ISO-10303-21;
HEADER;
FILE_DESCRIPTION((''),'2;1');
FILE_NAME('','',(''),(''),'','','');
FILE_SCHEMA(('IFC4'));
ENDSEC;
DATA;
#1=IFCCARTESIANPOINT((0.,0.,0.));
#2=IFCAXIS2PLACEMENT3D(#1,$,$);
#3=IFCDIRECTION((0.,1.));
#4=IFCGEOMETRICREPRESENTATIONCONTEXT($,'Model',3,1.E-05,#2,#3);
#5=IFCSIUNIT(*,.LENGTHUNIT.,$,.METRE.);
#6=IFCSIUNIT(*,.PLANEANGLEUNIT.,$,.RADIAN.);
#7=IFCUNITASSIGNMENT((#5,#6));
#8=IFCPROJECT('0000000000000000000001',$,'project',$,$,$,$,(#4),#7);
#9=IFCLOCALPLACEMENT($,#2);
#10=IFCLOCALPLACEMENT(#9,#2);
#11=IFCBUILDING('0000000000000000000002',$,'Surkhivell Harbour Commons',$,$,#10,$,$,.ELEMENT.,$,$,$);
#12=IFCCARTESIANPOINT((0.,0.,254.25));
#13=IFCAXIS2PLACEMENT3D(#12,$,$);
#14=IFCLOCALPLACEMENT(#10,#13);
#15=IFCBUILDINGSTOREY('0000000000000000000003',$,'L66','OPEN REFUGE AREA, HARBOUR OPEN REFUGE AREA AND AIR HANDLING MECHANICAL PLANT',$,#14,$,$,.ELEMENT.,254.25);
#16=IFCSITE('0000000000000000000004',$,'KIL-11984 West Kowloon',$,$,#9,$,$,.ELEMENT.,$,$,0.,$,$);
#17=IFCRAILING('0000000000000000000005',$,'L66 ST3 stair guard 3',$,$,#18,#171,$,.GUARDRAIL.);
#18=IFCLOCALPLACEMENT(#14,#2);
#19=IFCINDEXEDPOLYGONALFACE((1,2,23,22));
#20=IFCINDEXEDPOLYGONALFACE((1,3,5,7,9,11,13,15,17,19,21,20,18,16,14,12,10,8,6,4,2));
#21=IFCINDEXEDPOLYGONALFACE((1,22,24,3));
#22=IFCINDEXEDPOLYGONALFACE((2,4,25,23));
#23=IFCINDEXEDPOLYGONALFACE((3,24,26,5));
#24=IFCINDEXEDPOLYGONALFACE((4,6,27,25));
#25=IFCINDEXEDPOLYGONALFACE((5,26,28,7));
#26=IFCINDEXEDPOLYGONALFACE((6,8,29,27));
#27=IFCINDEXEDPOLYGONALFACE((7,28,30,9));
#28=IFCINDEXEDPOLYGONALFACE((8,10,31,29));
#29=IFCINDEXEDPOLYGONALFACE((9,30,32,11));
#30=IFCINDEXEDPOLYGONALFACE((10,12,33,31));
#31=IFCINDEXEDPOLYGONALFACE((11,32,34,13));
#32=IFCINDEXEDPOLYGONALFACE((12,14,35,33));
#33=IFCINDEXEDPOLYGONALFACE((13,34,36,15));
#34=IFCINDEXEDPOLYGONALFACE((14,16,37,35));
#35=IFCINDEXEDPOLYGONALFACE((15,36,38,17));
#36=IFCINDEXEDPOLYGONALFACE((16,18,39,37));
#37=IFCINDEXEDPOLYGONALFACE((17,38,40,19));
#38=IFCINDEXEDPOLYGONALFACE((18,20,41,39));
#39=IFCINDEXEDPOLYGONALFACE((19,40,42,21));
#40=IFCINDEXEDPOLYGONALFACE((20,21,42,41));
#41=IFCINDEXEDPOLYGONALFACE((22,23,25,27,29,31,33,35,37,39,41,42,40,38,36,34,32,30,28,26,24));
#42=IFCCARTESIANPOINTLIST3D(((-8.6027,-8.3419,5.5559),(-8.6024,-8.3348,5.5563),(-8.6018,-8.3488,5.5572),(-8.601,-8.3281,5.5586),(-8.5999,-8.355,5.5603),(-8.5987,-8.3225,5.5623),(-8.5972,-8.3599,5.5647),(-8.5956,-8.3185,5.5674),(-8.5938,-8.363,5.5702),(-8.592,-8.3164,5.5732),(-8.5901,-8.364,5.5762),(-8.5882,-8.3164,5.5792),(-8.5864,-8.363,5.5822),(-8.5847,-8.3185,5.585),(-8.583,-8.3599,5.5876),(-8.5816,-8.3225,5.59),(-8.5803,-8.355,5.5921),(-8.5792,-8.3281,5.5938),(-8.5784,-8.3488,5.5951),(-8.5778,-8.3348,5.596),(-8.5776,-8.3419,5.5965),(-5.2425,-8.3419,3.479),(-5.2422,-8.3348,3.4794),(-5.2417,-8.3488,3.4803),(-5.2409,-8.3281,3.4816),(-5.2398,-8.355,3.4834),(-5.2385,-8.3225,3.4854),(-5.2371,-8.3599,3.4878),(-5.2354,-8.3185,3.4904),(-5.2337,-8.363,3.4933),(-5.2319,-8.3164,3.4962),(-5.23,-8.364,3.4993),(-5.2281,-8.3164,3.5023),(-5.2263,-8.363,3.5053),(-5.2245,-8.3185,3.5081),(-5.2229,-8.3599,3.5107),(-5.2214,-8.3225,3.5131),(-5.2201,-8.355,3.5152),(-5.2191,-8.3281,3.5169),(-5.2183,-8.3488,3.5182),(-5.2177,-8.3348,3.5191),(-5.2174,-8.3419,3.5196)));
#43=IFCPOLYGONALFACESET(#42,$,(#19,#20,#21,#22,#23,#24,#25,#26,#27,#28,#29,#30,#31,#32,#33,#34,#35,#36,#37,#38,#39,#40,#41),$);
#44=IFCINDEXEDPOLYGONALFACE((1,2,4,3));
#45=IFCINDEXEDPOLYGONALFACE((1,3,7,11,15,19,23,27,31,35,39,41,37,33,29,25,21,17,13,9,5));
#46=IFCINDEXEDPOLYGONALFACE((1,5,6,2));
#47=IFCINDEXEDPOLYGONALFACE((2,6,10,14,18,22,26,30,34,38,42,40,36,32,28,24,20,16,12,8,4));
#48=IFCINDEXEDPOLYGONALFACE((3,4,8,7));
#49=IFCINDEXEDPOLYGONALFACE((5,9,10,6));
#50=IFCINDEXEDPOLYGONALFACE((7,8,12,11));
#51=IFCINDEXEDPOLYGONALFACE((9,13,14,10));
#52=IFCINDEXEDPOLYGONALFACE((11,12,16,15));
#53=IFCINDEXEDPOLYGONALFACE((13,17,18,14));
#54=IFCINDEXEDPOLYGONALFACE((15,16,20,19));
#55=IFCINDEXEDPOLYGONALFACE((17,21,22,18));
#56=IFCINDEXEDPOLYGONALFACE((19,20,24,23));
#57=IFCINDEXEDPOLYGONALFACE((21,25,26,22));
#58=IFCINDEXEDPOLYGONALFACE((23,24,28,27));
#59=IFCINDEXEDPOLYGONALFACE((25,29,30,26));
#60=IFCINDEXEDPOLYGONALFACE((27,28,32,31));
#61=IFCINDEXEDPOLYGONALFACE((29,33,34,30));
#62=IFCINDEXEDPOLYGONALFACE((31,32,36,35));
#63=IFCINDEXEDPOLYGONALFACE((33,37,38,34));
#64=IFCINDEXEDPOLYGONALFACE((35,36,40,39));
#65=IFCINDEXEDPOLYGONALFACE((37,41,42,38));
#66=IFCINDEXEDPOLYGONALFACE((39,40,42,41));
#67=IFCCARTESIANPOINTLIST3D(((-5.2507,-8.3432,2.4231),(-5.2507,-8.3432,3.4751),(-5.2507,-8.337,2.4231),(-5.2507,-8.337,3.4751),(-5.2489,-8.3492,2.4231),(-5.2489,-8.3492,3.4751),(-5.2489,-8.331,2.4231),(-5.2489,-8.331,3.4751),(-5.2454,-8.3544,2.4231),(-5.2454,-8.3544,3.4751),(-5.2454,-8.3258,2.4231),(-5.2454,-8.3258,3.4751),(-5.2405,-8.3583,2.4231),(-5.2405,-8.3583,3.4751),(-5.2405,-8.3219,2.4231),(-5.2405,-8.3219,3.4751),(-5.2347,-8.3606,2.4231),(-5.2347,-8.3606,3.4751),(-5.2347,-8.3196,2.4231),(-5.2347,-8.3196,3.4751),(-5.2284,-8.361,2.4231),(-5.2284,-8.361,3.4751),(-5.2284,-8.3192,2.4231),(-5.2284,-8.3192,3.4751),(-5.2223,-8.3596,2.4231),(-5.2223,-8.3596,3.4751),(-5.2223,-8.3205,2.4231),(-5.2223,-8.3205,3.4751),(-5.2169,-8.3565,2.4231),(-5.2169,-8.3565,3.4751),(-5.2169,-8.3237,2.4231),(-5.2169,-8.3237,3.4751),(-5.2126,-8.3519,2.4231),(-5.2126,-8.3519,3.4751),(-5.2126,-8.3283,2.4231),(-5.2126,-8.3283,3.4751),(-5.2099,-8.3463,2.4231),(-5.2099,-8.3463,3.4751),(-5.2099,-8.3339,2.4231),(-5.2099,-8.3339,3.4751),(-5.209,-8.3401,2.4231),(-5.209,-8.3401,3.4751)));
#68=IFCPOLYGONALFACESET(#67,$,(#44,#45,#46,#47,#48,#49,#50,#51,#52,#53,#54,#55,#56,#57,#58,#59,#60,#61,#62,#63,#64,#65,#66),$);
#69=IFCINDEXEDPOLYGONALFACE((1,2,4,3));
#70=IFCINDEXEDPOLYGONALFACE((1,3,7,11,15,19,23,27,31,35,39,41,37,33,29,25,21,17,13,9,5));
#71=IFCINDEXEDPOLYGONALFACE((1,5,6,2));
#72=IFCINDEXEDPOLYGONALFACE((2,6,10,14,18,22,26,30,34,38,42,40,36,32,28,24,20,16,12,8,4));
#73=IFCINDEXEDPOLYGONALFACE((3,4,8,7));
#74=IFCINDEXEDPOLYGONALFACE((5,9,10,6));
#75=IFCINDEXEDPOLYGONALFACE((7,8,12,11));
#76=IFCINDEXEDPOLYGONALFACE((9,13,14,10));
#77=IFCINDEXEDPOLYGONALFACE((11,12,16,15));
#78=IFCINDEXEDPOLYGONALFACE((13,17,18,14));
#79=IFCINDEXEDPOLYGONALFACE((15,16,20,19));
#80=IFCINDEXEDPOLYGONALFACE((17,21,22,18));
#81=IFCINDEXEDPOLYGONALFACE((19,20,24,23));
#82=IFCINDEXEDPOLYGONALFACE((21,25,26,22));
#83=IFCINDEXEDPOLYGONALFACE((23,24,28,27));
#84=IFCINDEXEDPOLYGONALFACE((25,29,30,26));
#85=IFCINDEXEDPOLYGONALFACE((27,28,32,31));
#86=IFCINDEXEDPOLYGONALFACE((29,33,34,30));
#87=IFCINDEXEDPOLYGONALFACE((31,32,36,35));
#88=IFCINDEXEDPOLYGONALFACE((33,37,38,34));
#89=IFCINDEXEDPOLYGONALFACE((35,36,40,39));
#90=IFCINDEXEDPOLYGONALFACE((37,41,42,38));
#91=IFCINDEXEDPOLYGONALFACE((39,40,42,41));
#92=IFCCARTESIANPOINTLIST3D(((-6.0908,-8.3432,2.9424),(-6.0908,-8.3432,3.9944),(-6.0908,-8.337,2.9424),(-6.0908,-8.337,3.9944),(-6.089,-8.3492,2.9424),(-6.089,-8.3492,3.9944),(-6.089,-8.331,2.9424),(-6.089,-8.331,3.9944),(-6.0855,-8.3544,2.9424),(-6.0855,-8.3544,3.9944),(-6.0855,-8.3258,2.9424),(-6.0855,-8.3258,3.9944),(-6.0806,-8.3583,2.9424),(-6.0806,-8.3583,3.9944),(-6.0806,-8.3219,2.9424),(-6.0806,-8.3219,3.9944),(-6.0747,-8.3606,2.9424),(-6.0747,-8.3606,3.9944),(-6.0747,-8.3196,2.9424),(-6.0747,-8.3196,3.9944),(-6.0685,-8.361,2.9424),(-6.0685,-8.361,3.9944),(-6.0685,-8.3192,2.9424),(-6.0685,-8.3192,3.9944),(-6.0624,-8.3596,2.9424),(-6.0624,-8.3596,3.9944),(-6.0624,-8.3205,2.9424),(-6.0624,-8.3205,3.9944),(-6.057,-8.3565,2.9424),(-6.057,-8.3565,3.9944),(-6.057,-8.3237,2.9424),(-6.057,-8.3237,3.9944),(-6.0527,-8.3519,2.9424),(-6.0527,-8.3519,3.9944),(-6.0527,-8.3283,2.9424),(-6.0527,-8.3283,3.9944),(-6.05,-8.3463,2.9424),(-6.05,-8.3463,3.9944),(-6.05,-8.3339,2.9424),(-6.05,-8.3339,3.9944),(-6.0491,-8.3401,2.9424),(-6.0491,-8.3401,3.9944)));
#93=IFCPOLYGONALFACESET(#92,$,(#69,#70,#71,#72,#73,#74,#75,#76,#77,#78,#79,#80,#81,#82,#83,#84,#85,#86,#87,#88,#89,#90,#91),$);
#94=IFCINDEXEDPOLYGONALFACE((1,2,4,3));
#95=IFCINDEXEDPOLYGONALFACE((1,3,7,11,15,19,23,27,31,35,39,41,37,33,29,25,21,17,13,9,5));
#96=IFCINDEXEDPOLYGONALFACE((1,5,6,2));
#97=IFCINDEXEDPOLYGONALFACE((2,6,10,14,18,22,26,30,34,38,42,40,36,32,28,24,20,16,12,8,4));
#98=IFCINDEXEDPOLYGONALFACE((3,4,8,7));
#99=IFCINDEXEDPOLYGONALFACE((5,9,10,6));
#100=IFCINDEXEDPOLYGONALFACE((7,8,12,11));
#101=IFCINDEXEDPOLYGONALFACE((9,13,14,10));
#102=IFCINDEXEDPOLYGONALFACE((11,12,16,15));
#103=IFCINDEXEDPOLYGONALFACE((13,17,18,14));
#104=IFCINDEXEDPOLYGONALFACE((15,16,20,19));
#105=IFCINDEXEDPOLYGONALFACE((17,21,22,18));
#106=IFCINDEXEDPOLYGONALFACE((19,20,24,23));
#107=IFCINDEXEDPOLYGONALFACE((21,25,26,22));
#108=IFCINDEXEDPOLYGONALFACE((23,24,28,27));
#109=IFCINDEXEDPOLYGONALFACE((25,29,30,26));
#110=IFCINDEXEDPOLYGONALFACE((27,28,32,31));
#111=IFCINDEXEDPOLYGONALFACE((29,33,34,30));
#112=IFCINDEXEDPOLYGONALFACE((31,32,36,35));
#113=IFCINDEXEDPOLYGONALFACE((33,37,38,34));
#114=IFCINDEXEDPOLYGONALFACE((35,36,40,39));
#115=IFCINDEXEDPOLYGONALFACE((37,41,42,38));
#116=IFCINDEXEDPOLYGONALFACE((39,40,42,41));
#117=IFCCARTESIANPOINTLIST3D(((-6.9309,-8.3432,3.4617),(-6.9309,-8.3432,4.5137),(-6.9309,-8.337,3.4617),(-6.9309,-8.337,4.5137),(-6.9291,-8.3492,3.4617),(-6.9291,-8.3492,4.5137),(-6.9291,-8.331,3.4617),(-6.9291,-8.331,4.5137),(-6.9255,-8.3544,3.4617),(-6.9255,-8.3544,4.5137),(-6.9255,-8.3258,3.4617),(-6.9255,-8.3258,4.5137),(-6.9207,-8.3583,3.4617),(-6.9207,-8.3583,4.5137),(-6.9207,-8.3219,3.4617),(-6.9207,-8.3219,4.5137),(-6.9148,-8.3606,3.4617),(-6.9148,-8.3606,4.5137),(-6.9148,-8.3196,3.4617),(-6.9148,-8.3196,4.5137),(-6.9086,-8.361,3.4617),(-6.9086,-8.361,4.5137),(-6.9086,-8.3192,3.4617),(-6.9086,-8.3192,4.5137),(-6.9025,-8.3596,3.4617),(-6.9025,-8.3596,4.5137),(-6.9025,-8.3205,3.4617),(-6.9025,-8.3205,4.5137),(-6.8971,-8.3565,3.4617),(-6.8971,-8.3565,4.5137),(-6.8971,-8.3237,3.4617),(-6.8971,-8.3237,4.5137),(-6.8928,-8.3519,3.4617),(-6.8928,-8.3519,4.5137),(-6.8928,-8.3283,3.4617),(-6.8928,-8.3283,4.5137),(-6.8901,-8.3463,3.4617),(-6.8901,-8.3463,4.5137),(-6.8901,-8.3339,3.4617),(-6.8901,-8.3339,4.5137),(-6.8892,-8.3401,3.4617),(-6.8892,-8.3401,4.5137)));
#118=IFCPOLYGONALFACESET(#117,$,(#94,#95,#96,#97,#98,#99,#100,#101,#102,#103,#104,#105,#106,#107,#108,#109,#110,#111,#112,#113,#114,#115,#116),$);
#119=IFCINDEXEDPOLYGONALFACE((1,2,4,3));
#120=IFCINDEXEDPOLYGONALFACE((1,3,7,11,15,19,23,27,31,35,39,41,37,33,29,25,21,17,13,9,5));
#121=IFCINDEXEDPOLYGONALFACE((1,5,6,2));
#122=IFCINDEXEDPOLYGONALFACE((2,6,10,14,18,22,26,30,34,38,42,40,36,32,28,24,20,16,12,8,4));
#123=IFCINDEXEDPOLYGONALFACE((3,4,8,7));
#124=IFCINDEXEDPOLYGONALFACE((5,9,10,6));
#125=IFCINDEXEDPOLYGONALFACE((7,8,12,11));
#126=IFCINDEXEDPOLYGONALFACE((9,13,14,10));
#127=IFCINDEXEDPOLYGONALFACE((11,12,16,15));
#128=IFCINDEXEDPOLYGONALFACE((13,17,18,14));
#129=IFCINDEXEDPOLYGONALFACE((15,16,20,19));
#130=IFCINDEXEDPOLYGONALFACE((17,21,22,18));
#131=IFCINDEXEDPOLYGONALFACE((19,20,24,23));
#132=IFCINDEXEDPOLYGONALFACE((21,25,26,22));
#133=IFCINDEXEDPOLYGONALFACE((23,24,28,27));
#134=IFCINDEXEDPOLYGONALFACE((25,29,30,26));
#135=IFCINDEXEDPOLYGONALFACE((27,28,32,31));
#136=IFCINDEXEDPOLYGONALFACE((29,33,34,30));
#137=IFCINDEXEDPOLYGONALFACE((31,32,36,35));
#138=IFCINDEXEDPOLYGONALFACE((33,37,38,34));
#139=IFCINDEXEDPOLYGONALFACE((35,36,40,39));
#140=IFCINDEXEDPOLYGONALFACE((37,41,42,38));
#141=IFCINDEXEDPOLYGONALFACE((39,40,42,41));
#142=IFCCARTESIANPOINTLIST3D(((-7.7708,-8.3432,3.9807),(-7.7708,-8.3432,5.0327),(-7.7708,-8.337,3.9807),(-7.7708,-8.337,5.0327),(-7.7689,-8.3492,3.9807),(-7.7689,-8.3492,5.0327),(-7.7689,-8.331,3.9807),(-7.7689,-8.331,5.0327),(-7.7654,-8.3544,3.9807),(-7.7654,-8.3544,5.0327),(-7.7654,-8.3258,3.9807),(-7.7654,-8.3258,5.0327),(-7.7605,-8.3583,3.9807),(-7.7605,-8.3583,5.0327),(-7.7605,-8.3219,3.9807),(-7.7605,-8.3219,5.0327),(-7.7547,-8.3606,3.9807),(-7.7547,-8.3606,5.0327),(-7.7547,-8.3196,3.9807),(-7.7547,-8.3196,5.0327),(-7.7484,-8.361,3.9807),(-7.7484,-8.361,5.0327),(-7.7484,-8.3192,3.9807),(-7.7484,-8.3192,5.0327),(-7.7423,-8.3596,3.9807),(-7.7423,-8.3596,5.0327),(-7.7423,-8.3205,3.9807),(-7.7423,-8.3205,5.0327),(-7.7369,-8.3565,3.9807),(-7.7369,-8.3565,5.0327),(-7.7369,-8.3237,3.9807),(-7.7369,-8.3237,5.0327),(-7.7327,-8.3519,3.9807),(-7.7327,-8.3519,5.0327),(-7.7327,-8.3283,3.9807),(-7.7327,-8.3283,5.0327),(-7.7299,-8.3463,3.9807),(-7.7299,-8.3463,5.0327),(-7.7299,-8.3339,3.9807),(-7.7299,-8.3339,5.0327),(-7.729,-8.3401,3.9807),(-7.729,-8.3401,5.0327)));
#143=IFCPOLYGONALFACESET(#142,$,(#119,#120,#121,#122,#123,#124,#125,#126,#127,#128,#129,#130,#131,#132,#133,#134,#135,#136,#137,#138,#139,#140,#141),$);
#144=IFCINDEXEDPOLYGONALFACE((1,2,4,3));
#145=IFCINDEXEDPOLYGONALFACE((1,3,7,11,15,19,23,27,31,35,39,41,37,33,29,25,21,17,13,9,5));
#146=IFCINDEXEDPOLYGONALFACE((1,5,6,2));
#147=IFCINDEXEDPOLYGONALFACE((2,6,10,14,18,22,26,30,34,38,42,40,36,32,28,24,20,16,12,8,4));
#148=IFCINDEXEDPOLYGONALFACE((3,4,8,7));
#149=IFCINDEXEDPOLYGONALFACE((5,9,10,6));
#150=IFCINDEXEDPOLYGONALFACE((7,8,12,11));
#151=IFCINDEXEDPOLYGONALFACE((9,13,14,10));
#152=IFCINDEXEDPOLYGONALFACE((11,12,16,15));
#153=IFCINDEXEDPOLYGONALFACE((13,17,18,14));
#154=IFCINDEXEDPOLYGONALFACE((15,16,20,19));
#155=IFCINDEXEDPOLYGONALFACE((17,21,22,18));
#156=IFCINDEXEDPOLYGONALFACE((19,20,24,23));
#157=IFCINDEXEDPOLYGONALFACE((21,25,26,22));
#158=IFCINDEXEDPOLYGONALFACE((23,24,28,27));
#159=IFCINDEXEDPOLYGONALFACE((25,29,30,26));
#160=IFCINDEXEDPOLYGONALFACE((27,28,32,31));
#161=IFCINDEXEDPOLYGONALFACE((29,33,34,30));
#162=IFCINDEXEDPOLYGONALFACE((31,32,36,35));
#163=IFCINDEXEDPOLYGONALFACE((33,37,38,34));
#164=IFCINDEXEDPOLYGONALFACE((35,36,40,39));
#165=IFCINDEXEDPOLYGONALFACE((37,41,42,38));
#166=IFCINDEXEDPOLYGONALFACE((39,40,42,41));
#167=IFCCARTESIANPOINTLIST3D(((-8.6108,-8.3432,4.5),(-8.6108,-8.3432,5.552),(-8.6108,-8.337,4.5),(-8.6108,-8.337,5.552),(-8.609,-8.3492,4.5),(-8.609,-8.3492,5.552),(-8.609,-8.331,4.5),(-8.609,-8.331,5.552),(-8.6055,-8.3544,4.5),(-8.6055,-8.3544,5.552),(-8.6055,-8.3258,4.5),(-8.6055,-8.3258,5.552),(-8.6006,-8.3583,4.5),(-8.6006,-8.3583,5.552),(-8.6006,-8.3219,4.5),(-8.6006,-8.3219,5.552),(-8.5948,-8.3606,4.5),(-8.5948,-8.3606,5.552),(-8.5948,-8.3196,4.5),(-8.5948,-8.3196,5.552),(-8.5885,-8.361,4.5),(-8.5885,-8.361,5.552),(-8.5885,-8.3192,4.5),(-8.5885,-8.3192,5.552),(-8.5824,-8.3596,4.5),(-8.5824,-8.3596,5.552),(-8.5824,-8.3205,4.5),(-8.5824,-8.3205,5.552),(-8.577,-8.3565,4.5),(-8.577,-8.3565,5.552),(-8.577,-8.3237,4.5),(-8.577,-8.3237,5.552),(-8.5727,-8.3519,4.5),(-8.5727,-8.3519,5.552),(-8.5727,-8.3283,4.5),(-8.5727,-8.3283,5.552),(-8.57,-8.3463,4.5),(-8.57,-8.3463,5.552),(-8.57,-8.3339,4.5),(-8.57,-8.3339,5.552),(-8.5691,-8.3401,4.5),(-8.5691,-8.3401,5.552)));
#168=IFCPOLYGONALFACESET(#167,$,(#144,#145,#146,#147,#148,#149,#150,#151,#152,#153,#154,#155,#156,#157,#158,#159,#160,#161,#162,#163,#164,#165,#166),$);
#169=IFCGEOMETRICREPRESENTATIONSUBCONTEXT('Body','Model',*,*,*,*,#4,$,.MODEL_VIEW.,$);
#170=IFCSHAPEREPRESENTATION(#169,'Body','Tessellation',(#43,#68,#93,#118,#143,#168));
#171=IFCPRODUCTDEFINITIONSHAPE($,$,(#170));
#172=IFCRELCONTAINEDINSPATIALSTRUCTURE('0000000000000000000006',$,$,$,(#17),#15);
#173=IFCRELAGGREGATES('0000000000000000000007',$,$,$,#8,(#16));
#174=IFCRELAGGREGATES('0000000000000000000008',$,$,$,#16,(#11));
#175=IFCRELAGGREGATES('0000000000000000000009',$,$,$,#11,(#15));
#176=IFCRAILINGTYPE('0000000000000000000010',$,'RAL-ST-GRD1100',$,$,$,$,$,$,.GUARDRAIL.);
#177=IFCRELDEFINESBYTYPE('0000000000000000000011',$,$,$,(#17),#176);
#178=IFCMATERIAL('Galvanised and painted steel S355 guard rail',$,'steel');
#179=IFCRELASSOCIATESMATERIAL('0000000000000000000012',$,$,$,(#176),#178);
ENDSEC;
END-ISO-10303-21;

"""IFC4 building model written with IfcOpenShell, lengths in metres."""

from ifc_helpers import new_model, si_unit, direction, frame, origin, origin_2d, place, context, subcontext, project, spatial, circle, extrude, material, type_object, element, save


model = new_model("IFC4")

# Units and contexts
model_context = context("Model", 3, precision=1e-05, world=origin(), true_north=direction((0.0, 1.0)))
body_context = subcontext(model_context, "Body", "Model", "MODEL_VIEW")
ifc_project = project(units=[si_unit("LENGTHUNIT", "METRE"), si_unit("PLANEANGLEUNIT", "RADIAN")], contexts=[model_context])

# Site, building, storey
site_placement = place(None, origin())
site = spatial("IfcSite", under=ifc_project, at=site_placement, Name="KIL-11984 West Kowloon", CompositionType="ELEMENT", RefElevation=0.0)
building_placement = place(site_placement, origin())
building = spatial("IfcBuilding", under=site, at=building_placement, Name="Surkhivell Harbour Commons", CompositionType="ELEMENT")
storey_placement = place(building_placement, frame((0.0, 0.0, 254.25)))
storey = spatial("IfcBuildingStorey", under=building, at=storey_placement, Name="L66", Description="OPEN REFUGE AREA, HARBOUR OPEN REFUGE AREA AND AIR HANDLING MECHANICAL PLANT", CompositionType="ELEMENT", Elevation=254.25)

# Railing
ifc_material_1 = material(Name="Galvanised and painted steel S355 guard rail", Category="steel")
railing_type_1 = type_object("IfcRailingType", Name="RAL-ST-GRD1100", PredefinedType="GUARDRAIL", material=ifc_material_1)
railing_1_placement = place(storey_placement, frame((-5.23, -8.3401, 2.4231)))
element("IfcRailing", 1, at=railing_1_placement, inside=storey, type_object=railing_type_1, Name="L66 ST3 stair guard 3", PredefinedType="GUARDRAIL", context=body_context, shape_type="SweptSolid", body=[
    extrude(circle(Radius=0.0239, at=origin_2d()), frame((0.0, 0.0, 1.0762), z_axis=(-0.850623, 0.0, 0.525776), x_axis=(0.0, -1.0, 0.0)), (0.0, 0.0, 1.0), 3.9502),
    extrude(circle(Radius=0.021, at=origin_2d()), origin(), (0.0, 0.0, 1.0), 1.052),
    extrude(circle(Radius=0.021, at=origin_2d()), frame((-0.8401, 0.0, 0.5193)), (0.0, 0.0, 1.0), 1.052),
    extrude(circle(Radius=0.021, at=origin_2d()), frame((-1.6802, 0.0, 1.0386)), (0.0, 0.0, 1.0), 1.052),
    extrude(circle(Radius=0.021, at=origin_2d()), frame((-2.52, 0.0, 1.5576)), (0.0, 0.0, 1.0), 1.052),
    extrude(circle(Radius=0.021, at=origin_2d()), frame((-3.3601, 0.0, 2.0769)), (0.0, 0.0, 1.0), 1.052),
])

save(model, "model.ifc")
